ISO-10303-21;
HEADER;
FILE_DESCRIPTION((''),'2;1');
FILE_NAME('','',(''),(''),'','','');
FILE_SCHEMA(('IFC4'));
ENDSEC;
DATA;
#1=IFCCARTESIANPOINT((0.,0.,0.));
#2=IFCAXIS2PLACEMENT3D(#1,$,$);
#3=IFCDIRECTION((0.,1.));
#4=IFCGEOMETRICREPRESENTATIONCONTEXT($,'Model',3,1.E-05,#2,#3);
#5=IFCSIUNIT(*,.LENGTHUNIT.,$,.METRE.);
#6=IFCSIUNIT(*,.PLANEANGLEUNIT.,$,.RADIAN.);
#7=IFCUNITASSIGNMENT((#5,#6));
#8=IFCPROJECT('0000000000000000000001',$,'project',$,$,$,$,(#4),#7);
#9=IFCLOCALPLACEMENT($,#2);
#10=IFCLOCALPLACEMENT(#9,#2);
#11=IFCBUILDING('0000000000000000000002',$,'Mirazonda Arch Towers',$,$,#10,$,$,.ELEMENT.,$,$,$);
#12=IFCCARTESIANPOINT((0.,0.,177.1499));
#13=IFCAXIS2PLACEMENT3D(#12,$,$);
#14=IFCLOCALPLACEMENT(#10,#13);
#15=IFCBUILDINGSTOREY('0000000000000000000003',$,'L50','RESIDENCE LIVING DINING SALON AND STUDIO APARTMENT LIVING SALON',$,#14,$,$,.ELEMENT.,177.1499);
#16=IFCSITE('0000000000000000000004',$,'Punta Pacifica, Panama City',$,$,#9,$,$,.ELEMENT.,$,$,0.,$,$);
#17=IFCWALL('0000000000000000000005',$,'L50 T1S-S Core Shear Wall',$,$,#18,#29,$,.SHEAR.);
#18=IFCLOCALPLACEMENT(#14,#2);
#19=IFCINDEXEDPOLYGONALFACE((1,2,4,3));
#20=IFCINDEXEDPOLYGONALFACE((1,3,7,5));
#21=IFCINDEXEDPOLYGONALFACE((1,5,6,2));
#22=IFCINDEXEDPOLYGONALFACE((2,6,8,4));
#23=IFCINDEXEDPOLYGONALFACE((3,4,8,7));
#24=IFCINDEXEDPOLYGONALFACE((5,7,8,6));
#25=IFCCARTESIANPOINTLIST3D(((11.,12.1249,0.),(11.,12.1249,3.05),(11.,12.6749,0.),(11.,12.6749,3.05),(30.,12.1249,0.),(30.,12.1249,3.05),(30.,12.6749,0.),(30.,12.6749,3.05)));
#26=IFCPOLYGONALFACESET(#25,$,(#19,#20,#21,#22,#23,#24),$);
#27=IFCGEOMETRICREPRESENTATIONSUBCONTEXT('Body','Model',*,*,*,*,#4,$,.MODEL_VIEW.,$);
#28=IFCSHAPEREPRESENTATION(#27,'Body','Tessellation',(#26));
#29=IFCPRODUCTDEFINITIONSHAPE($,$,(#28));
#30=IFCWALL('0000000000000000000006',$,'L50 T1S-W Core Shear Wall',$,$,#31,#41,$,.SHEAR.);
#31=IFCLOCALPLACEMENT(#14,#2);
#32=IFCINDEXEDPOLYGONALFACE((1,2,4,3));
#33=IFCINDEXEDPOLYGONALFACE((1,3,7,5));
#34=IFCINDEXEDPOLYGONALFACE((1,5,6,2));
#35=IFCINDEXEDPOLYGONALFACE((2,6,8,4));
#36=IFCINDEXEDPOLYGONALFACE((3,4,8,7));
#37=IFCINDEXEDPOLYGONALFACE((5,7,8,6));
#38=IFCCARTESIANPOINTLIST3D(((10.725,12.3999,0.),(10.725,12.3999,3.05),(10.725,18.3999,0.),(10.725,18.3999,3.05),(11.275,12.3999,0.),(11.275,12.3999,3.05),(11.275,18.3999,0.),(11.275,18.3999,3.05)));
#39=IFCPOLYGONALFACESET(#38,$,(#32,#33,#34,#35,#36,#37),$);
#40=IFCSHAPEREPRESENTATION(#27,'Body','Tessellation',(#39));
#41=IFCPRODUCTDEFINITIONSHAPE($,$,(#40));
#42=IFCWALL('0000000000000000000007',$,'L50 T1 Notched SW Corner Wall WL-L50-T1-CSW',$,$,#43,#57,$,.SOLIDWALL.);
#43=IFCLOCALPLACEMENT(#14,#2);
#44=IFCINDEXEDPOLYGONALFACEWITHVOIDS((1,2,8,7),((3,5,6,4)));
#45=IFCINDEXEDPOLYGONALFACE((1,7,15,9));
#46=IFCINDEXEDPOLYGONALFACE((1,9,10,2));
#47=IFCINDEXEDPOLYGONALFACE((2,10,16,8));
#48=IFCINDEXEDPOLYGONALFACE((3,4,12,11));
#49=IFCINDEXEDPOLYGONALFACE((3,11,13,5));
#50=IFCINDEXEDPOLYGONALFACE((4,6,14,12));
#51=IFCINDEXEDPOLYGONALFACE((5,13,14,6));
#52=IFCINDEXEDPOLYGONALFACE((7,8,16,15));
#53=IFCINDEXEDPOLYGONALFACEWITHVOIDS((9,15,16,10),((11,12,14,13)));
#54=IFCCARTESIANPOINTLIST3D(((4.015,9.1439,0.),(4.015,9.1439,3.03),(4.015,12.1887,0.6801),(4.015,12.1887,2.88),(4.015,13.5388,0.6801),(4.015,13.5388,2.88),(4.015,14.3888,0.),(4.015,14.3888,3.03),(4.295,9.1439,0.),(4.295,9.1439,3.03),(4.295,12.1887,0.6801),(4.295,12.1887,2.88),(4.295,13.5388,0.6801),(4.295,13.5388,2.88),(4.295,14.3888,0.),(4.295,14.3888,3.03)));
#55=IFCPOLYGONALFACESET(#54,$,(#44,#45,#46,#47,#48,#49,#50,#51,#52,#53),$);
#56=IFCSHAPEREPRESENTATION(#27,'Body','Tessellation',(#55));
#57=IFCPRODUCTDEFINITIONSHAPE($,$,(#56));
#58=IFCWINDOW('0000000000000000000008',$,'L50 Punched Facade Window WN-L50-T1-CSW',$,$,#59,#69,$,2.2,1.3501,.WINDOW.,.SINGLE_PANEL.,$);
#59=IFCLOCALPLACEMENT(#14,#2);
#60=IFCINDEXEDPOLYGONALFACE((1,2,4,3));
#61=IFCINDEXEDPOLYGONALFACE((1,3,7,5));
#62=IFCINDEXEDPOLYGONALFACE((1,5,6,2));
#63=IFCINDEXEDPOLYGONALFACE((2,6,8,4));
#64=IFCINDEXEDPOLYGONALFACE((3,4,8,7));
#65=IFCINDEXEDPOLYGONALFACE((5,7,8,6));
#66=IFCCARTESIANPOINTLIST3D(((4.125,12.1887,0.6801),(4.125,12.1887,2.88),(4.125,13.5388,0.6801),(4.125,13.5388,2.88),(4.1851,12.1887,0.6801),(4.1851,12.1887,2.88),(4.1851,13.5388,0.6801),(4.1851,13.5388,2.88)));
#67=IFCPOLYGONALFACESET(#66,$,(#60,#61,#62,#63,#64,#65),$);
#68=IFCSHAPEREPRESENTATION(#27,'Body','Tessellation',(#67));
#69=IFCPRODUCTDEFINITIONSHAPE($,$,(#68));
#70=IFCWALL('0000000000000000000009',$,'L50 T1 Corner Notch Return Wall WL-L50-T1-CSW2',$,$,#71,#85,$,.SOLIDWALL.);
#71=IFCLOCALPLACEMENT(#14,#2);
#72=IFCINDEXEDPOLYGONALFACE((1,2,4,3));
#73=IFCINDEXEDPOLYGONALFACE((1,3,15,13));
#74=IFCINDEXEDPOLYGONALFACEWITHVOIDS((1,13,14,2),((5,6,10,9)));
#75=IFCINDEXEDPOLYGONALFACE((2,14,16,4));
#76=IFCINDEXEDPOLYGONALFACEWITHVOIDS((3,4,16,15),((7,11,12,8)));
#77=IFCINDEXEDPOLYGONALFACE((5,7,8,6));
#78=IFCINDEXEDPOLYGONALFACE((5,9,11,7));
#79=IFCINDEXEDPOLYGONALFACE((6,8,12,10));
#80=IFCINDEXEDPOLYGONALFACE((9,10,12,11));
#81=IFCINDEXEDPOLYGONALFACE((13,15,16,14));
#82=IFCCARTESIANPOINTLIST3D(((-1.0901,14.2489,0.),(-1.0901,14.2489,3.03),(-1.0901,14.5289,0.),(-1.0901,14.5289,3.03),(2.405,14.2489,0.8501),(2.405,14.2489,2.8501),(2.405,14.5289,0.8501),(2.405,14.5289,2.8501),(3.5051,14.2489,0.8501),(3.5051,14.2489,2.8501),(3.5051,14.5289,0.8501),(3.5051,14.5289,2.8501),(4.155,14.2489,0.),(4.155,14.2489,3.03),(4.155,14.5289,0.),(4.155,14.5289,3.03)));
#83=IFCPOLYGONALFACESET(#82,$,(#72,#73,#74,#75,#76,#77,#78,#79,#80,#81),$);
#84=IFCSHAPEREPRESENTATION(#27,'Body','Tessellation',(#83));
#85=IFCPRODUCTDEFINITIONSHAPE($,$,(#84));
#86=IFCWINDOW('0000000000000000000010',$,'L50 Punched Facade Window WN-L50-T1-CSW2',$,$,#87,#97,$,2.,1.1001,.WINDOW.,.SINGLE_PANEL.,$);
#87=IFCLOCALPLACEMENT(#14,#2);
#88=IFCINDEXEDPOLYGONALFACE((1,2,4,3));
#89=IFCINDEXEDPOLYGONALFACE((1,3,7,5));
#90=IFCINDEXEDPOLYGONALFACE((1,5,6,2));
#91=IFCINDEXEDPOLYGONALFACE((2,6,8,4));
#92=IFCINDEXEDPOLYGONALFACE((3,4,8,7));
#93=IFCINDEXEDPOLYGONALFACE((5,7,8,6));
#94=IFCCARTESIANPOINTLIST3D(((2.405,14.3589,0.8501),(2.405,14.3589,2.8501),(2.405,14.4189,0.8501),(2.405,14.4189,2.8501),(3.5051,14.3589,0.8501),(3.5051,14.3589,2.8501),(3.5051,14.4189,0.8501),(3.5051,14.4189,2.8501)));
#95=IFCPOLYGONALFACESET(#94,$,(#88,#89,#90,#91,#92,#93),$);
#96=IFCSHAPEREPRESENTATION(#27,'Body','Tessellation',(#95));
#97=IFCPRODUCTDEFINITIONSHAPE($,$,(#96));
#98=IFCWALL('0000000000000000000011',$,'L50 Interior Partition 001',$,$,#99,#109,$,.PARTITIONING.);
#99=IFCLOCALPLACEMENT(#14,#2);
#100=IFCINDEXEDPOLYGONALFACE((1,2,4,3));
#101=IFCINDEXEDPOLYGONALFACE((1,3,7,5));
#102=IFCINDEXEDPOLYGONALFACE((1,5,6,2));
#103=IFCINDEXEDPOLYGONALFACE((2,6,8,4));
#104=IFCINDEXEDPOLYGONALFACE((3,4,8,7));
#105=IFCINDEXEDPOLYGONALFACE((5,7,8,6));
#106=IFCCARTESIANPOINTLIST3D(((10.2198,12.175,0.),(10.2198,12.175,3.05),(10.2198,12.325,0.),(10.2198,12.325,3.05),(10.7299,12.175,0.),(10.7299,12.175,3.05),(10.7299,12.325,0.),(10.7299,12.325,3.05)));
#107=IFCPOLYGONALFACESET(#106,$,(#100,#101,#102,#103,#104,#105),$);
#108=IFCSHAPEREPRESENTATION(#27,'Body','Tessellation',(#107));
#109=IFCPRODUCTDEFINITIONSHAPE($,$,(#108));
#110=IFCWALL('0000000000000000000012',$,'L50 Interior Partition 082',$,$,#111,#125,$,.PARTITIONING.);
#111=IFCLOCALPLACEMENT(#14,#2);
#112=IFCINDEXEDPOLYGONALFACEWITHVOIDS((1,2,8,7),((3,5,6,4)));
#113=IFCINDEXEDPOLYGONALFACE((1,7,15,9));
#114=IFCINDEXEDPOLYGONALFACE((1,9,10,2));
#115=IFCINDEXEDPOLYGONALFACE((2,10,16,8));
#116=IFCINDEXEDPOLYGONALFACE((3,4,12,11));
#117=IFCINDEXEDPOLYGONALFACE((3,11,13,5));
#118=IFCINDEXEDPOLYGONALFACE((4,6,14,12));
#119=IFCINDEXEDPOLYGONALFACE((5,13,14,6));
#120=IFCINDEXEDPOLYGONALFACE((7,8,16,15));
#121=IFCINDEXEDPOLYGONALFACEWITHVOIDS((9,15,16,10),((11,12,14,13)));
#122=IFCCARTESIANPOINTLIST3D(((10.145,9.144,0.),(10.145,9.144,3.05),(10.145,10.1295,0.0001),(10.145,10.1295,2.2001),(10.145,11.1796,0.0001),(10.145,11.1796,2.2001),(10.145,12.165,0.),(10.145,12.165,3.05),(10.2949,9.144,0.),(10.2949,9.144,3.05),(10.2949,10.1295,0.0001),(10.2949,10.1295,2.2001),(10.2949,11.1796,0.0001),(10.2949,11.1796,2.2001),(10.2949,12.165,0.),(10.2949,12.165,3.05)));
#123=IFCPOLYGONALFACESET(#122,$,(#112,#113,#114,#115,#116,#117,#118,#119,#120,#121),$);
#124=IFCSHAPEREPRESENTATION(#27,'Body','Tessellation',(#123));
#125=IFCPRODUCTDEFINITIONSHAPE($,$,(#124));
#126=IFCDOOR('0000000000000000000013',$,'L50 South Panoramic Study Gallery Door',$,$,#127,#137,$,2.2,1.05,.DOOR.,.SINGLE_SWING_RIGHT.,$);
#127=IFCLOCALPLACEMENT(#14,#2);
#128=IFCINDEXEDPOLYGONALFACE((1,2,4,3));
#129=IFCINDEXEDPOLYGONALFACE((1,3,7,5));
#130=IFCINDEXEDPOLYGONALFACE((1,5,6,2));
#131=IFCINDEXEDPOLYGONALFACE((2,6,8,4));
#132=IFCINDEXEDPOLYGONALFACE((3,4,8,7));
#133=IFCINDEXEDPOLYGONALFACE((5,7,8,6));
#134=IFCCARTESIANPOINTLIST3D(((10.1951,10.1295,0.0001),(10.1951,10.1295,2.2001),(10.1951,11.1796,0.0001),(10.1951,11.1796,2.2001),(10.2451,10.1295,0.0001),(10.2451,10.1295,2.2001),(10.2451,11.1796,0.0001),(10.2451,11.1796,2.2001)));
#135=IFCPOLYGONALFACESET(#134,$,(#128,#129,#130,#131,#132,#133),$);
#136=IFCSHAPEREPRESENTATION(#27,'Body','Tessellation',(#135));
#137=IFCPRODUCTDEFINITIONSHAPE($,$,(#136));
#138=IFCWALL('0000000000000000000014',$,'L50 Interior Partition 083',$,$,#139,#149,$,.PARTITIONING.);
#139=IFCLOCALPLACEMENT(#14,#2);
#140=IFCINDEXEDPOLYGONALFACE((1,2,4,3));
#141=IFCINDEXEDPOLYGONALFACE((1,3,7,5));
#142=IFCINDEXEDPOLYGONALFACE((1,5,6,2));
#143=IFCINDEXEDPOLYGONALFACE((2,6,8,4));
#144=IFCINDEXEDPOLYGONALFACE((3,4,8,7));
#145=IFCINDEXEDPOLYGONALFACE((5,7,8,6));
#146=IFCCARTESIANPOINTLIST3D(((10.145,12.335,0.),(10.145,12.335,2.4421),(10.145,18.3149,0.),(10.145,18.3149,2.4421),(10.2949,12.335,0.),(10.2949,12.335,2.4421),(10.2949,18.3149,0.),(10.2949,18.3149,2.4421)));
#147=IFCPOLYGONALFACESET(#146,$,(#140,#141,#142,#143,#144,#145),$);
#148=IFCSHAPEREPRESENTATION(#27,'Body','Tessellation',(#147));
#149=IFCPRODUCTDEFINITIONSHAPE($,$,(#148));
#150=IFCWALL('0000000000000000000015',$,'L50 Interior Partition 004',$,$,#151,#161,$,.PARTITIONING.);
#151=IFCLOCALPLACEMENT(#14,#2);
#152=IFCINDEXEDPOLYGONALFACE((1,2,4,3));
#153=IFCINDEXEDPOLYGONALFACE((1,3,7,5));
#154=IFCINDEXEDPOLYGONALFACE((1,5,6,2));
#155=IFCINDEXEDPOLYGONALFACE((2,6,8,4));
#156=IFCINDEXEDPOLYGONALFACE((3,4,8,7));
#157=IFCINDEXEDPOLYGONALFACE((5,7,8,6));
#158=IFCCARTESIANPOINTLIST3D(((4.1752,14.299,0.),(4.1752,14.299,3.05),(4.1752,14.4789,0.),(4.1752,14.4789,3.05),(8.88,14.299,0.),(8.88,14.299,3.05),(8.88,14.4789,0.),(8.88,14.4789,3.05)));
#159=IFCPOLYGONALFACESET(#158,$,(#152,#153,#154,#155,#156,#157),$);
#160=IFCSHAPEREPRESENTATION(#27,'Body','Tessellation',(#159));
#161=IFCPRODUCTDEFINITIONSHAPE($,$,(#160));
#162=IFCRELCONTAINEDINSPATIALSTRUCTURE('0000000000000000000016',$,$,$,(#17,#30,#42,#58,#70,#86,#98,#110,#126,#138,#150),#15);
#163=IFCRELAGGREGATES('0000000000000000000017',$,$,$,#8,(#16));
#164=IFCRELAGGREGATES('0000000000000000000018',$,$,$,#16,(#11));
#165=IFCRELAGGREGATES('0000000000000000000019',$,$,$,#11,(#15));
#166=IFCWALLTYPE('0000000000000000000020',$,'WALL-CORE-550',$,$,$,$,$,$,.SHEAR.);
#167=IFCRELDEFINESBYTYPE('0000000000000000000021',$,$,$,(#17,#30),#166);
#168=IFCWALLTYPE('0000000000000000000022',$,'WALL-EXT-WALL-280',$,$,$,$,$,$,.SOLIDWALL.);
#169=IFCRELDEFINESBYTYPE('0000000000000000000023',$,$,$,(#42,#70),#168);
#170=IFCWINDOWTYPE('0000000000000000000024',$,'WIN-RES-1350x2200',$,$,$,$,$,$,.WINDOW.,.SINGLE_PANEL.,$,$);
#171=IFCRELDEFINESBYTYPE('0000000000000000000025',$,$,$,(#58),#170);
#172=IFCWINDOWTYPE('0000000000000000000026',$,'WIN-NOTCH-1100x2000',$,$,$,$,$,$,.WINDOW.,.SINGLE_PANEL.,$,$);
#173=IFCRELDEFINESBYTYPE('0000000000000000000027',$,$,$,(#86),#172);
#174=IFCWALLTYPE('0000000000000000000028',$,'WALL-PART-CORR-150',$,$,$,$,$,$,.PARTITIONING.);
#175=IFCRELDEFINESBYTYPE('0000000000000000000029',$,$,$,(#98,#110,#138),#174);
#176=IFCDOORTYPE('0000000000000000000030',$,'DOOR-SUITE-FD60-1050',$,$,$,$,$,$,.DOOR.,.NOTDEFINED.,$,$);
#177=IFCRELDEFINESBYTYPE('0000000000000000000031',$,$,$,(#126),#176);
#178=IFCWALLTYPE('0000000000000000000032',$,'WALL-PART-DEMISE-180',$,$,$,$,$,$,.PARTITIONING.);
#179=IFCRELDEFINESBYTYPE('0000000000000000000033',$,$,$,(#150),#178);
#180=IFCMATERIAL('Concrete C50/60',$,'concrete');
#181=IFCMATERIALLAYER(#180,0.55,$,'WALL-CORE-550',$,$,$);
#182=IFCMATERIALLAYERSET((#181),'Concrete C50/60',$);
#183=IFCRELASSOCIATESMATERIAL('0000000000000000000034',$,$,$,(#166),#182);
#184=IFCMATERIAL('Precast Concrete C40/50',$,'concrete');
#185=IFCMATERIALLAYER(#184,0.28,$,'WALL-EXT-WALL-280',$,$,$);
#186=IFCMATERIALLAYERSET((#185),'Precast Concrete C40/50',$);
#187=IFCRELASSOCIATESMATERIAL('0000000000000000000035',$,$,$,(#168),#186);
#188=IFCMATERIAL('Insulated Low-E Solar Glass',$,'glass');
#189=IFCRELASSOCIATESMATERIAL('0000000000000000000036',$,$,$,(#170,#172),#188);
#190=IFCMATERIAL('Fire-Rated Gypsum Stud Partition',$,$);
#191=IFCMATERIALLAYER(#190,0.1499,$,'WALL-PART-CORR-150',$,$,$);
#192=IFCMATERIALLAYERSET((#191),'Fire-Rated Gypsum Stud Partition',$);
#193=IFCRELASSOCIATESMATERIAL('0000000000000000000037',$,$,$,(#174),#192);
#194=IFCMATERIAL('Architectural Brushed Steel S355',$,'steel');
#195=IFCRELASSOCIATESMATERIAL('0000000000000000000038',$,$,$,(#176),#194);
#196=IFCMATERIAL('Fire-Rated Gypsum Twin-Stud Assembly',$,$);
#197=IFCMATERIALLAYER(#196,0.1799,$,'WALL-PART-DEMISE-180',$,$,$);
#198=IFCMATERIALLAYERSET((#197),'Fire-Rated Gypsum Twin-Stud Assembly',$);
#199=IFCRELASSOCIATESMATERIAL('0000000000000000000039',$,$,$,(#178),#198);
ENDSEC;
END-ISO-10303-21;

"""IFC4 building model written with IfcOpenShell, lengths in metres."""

from ifc_helpers import new_model, si_unit, direction, frame, frame_2d, origin, place, context, subcontext, project, spatial, rectangle, extrude, material, layer, layer_set, type_object, element, fill, save


model = new_model("IFC4")

# Units and contexts
model_context = context("Model", 3, precision=1e-05, world=origin(), true_north=direction((0.0, 1.0)))
body_context = subcontext(model_context, "Body", "Model", "MODEL_VIEW")
ifc_project = project(units=[si_unit("LENGTHUNIT", "METRE"), si_unit("PLANEANGLEUNIT", "RADIAN")], contexts=[model_context])

# Site, building, storey
site_placement = place(None, origin())
site = spatial("IfcSite", under=ifc_project, at=site_placement, Name="Punta Pacifica, Panama City", CompositionType="ELEMENT", RefElevation=0.0)
building_placement = place(site_placement, origin())
building = spatial("IfcBuilding", under=site, at=building_placement, Name="Mirazonda Arch Towers", CompositionType="ELEMENT")
storey_placement = place(building_placement, frame((0.0, 0.0, 177.1499)))
storey = spatial("IfcBuildingStorey", under=building, at=storey_placement, Name="L50", Description="RESIDENCE LIVING DINING SALON AND STUDIO APARTMENT LIVING SALON", CompositionType="ELEMENT", Elevation=177.1499)

# Shared definitions
ifc_material_1 = material(Name="Concrete C50/60", Category="concrete")

# Shared definitions
ifc_material_2 = material(Name="Insulated Low-E Solar Glass", Category="glass")

# Walls
ifc_layer_1 = layer(ifc_material_1, 0.55, Name="WALL-CORE-550")
ifc_layer_set_1 = layer_set([ifc_layer_1], Name="Concrete C50/60")
wall_type_1 = type_object("IfcWallType", Name="WALL-CORE-550", PredefinedType="SHEAR", material=ifc_layer_set_1)
wall_1_placement = place(storey_placement, frame((11.0, 12.3999, 0.0), z_axis=(0.0, 0.0, 1.0), x_axis=(1.0, 0.0, 0.0)))
element("IfcWall", 1, at=wall_1_placement, inside=storey, type_object=wall_type_1, Name="L50 T1S-S Core Shear Wall", PredefinedType="SHEAR", context=body_context, shape_type="SweptSolid", body=[
    extrude(rectangle(XDim=19.0, YDim=0.55, at=frame_2d((9.5, 0.0))), origin(), (0.0, 0.0, 1.0), 3.05),
])
wall_2_placement = place(storey_placement, frame((11.0, 12.3999, 0.0), z_axis=(0.0, 0.0, 1.0), x_axis=(0.0, 1.0, 0.0)))
element("IfcWall", 2, at=wall_2_placement, inside=storey, type_object=wall_type_1, Name="L50 T1S-W Core Shear Wall", PredefinedType="SHEAR", context=body_context, shape_type="SweptSolid", body=[
    extrude(rectangle(XDim=6.0, YDim=0.55, at=frame_2d((3.0, 0.0))), origin(), (0.0, 0.0, 1.0), 3.05),
])

# Walls, openings, windows
ifc_material_3 = material(Name="Precast Concrete C40/50", Category="concrete")
ifc_layer_2 = layer(ifc_material_3, 0.28, Name="WALL-EXT-WALL-280")
ifc_layer_set_2 = layer_set([ifc_layer_2], Name="Precast Concrete C40/50")
wall_type_2 = type_object("IfcWallType", Name="WALL-EXT-WALL-280", PredefinedType="SOLIDWALL", material=ifc_layer_set_2)
wall_3_placement = place(storey_placement, frame((4.155, 14.3889, 0.0), z_axis=(0.0, 0.0, 1.0), x_axis=(0.0, -1.0, 0.0)))
wall_3 = element("IfcWall", 3, at=wall_3_placement, inside=storey, type_object=wall_type_2, Name="L50 T1 Notched SW Corner Wall WL-L50-T1-CSW", PredefinedType="SOLIDWALL", context=body_context, shape_type="SweptSolid", body=[
    extrude(rectangle(XDim=5.2449, YDim=0.28, at=frame_2d((2.6226, 0.0))), origin(), (0.0, 0.0, 1.0), 3.03),
])
opening_1_placement = place(wall_3_placement, frame((0.8501, 0.0, 0.6799)))
opening_1 = element("IfcOpeningElement", 4, at=opening_1_placement, cuts=wall_3, PredefinedType="OPENING", context=body_context, shape_type="SweptSolid", body=[
    extrude(rectangle(XDim=1.3501, YDim=2.2, at=frame_2d((0.675, 1.1001))), frame((0.0, 0.1499, 0.0), z_axis=(0.0, -1.0, 0.0), x_axis=(1.0, 0.0, 0.0)), (0.0, 0.0, 1.0), 0.3),
])
window_type_1 = type_object("IfcWindowType", Name="WIN-RES-1350x2200", PartitioningType="SINGLE_PANEL", PredefinedType="WINDOW", material=ifc_material_2)
window_1_placement = place(opening_1_placement, origin())
window_1 = element("IfcWindow", 5, at=window_1_placement, inside=storey, type_object=window_type_1, Name="L50 Punched Facade Window WN-L50-T1-CSW", OverallHeight=2.2, OverallWidth=1.3501, PartitioningType="SINGLE_PANEL", PredefinedType="WINDOW", context=body_context, shape_type="SweptSolid", body=[
    extrude(rectangle(XDim=1.3501, YDim=2.2, at=frame_2d((0.675, 1.1001))), frame((0.0, 0.03, 0.0), z_axis=(0.0, -1.0, 0.0), x_axis=(1.0, 0.0, 0.0)), (0.0, 0.0, 1.0), 0.0601),
])
fill(opening_1, window_1)
wall_4_placement = place(storey_placement, frame((-1.0901, 14.3889, 0.0), z_axis=(0.0, 0.0, 1.0), x_axis=(1.0, 0.0, 0.0)))
wall_4 = element("IfcWall", 6, at=wall_4_placement, inside=storey, type_object=wall_type_2, Name="L50 T1 Corner Notch Return Wall WL-L50-T1-CSW2", PredefinedType="SOLIDWALL", context=body_context, shape_type="SweptSolid", body=[
    extrude(rectangle(XDim=5.2451, YDim=0.28, at=frame_2d((2.6226, 0.0))), origin(), (0.0, 0.0, 1.0), 3.03),
])
opening_2_placement = place(wall_4_placement, frame((3.4951, 0.0, 0.8501)))
opening_2 = element("IfcOpeningElement", 7, at=opening_2_placement, cuts=wall_4, PredefinedType="OPENING", context=body_context, shape_type="SweptSolid", body=[
    extrude(rectangle(XDim=1.1001, YDim=2.0, at=frame_2d((0.55, 1.0))), frame((0.0, 0.1499, 0.0), z_axis=(0.0, -1.0, 0.0), x_axis=(1.0, 0.0, 0.0)), (0.0, 0.0, 1.0), 0.3),
])
window_type_2 = type_object("IfcWindowType", Name="WIN-NOTCH-1100x2000", PartitioningType="SINGLE_PANEL", PredefinedType="WINDOW", material=ifc_material_2)
window_2_placement = place(opening_2_placement, origin())
window_2 = element("IfcWindow", 8, at=window_2_placement, inside=storey, type_object=window_type_2, Name="L50 Punched Facade Window WN-L50-T1-CSW2", OverallHeight=2.0, OverallWidth=1.1001, PartitioningType="SINGLE_PANEL", PredefinedType="WINDOW", context=body_context, shape_type="SweptSolid", body=[
    extrude(rectangle(XDim=1.1001, YDim=2.0, at=frame_2d((0.55, 1.0))), frame((0.0, 0.03, 0.0), z_axis=(0.0, -1.0, 0.0), x_axis=(1.0, 0.0, 0.0)), (0.0, 0.0, 1.0), 0.0601),
])
fill(opening_2, window_2)

# Wall
ifc_material_4 = material(Name="Fire-Rated Gypsum Stud Partition")
ifc_layer_3 = layer(ifc_material_4, 0.1499, Name="WALL-PART-CORR-150")
ifc_layer_set_3 = layer_set([ifc_layer_3], Name="Fire-Rated Gypsum Stud Partition")
wall_type_3 = type_object("IfcWallType", Name="WALL-PART-CORR-150", PredefinedType="PARTITIONING", material=ifc_layer_set_3)
wall_5_placement = place(storey_placement, frame((10.22, 12.25, 0.0), z_axis=(0.0, 0.0, 1.0), x_axis=(1.0, 0.0, 0.0)))
element("IfcWall", 9, at=wall_5_placement, inside=storey, type_object=wall_type_3, Name="L50 Interior Partition 001", PredefinedType="PARTITIONING", context=body_context, shape_type="SweptSolid", body=[
    extrude(rectangle(XDim=0.51, YDim=0.1499, at=frame_2d((0.2549, 0.0))), origin(), (0.0, 0.0, 1.0), 3.05),
])

# Wall, opening, door
wall_6_placement = place(storey_placement, frame((10.22, 9.144, 0.0), z_axis=(0.0, 0.0, 1.0), x_axis=(0.0, 1.0, 0.0)))
wall_6 = element("IfcWall", 10, at=wall_6_placement, inside=storey, type_object=wall_type_3, Name="L50 Interior Partition 082", PredefinedType="PARTITIONING", context=body_context, shape_type="SweptSolid", body=[
    extrude(rectangle(XDim=3.021, YDim=0.1499, at=frame_2d((1.5105, 0.0))), origin(), (0.0, 0.0, 1.0), 3.05),
])
opening_3_placement = place(wall_6_placement, frame((0.9856, 0.0, 0.0)))
opening_3 = element("IfcOpeningElement", 11, at=opening_3_placement, cuts=wall_6, PredefinedType="OPENING", context=body_context, shape_type="SweptSolid", body=[
    extrude(rectangle(XDim=1.05, YDim=2.2, at=frame_2d((0.5249, 1.1001))), frame((0.0, 0.085, 0.0), z_axis=(0.0, -1.0, 0.0), x_axis=(1.0, 0.0, 0.0)), (0.0, 0.0, 1.0), 0.1699),
])
ifc_material_5 = material(Name="Architectural Brushed Steel S355", Category="steel")
door_type_1 = type_object("IfcDoorType", Name="DOOR-SUITE-FD60-1050", OperationType="NOTDEFINED", PredefinedType="DOOR", material=ifc_material_5)
door_1_placement = place(opening_3_placement, origin())
door_1 = element("IfcDoor", 12, at=door_1_placement, inside=storey, type_object=door_type_1, Name="L50 South Panoramic Study Gallery Door", OperationType="SINGLE_SWING_RIGHT", OverallHeight=2.2, OverallWidth=1.05, PredefinedType="DOOR", context=body_context, shape_type="SweptSolid", body=[
    extrude(rectangle(XDim=1.05, YDim=2.2, at=frame_2d((0.5249, 1.1001))), frame((0.0, 0.0249, 0.0), z_axis=(0.0, -1.0, 0.0), x_axis=(1.0, 0.0, 0.0)), (0.0, 0.0, 1.0), 0.05),
])
fill(opening_3, door_1)

# Walls
wall_7_placement = place(storey_placement, frame((10.22, 12.335, 0.0), z_axis=(0.0, 0.0, 1.0), x_axis=(0.0, 1.0, 0.0)))
element("IfcWall", 13, at=wall_7_placement, inside=storey, type_object=wall_type_3, Name="L50 Interior Partition 083", PredefinedType="PARTITIONING", context=body_context, shape_type="SweptSolid", body=[
    extrude(rectangle(XDim=5.98, YDim=0.1499, at=frame_2d((2.99, 0.0))), origin(), (0.0, 0.0, 1.0), 2.4421),
])
ifc_material_6 = material(Name="Fire-Rated Gypsum Twin-Stud Assembly")
ifc_layer_4 = layer(ifc_material_6, 0.1799, Name="WALL-PART-DEMISE-180")
ifc_layer_set_4 = layer_set([ifc_layer_4], Name="Fire-Rated Gypsum Twin-Stud Assembly")
wall_type_4 = type_object("IfcWallType", Name="WALL-PART-DEMISE-180", PredefinedType="PARTITIONING", material=ifc_layer_set_4)
wall_8_placement = place(storey_placement, frame((4.175, 14.3889, 0.0), z_axis=(0.0, 0.0, 1.0), x_axis=(1.0, 0.0, 0.0)))
element("IfcWall", 14, at=wall_8_placement, inside=storey, type_object=wall_type_4, Name="L50 Interior Partition 004", PredefinedType="PARTITIONING", context=body_context, shape_type="SweptSolid", body=[
    extrude(rectangle(XDim=4.7048, YDim=0.1799, at=frame_2d((2.3525, 0.0))), origin(), (0.0, 0.0, 1.0), 3.05),
])

save(model, "model.ifc")
